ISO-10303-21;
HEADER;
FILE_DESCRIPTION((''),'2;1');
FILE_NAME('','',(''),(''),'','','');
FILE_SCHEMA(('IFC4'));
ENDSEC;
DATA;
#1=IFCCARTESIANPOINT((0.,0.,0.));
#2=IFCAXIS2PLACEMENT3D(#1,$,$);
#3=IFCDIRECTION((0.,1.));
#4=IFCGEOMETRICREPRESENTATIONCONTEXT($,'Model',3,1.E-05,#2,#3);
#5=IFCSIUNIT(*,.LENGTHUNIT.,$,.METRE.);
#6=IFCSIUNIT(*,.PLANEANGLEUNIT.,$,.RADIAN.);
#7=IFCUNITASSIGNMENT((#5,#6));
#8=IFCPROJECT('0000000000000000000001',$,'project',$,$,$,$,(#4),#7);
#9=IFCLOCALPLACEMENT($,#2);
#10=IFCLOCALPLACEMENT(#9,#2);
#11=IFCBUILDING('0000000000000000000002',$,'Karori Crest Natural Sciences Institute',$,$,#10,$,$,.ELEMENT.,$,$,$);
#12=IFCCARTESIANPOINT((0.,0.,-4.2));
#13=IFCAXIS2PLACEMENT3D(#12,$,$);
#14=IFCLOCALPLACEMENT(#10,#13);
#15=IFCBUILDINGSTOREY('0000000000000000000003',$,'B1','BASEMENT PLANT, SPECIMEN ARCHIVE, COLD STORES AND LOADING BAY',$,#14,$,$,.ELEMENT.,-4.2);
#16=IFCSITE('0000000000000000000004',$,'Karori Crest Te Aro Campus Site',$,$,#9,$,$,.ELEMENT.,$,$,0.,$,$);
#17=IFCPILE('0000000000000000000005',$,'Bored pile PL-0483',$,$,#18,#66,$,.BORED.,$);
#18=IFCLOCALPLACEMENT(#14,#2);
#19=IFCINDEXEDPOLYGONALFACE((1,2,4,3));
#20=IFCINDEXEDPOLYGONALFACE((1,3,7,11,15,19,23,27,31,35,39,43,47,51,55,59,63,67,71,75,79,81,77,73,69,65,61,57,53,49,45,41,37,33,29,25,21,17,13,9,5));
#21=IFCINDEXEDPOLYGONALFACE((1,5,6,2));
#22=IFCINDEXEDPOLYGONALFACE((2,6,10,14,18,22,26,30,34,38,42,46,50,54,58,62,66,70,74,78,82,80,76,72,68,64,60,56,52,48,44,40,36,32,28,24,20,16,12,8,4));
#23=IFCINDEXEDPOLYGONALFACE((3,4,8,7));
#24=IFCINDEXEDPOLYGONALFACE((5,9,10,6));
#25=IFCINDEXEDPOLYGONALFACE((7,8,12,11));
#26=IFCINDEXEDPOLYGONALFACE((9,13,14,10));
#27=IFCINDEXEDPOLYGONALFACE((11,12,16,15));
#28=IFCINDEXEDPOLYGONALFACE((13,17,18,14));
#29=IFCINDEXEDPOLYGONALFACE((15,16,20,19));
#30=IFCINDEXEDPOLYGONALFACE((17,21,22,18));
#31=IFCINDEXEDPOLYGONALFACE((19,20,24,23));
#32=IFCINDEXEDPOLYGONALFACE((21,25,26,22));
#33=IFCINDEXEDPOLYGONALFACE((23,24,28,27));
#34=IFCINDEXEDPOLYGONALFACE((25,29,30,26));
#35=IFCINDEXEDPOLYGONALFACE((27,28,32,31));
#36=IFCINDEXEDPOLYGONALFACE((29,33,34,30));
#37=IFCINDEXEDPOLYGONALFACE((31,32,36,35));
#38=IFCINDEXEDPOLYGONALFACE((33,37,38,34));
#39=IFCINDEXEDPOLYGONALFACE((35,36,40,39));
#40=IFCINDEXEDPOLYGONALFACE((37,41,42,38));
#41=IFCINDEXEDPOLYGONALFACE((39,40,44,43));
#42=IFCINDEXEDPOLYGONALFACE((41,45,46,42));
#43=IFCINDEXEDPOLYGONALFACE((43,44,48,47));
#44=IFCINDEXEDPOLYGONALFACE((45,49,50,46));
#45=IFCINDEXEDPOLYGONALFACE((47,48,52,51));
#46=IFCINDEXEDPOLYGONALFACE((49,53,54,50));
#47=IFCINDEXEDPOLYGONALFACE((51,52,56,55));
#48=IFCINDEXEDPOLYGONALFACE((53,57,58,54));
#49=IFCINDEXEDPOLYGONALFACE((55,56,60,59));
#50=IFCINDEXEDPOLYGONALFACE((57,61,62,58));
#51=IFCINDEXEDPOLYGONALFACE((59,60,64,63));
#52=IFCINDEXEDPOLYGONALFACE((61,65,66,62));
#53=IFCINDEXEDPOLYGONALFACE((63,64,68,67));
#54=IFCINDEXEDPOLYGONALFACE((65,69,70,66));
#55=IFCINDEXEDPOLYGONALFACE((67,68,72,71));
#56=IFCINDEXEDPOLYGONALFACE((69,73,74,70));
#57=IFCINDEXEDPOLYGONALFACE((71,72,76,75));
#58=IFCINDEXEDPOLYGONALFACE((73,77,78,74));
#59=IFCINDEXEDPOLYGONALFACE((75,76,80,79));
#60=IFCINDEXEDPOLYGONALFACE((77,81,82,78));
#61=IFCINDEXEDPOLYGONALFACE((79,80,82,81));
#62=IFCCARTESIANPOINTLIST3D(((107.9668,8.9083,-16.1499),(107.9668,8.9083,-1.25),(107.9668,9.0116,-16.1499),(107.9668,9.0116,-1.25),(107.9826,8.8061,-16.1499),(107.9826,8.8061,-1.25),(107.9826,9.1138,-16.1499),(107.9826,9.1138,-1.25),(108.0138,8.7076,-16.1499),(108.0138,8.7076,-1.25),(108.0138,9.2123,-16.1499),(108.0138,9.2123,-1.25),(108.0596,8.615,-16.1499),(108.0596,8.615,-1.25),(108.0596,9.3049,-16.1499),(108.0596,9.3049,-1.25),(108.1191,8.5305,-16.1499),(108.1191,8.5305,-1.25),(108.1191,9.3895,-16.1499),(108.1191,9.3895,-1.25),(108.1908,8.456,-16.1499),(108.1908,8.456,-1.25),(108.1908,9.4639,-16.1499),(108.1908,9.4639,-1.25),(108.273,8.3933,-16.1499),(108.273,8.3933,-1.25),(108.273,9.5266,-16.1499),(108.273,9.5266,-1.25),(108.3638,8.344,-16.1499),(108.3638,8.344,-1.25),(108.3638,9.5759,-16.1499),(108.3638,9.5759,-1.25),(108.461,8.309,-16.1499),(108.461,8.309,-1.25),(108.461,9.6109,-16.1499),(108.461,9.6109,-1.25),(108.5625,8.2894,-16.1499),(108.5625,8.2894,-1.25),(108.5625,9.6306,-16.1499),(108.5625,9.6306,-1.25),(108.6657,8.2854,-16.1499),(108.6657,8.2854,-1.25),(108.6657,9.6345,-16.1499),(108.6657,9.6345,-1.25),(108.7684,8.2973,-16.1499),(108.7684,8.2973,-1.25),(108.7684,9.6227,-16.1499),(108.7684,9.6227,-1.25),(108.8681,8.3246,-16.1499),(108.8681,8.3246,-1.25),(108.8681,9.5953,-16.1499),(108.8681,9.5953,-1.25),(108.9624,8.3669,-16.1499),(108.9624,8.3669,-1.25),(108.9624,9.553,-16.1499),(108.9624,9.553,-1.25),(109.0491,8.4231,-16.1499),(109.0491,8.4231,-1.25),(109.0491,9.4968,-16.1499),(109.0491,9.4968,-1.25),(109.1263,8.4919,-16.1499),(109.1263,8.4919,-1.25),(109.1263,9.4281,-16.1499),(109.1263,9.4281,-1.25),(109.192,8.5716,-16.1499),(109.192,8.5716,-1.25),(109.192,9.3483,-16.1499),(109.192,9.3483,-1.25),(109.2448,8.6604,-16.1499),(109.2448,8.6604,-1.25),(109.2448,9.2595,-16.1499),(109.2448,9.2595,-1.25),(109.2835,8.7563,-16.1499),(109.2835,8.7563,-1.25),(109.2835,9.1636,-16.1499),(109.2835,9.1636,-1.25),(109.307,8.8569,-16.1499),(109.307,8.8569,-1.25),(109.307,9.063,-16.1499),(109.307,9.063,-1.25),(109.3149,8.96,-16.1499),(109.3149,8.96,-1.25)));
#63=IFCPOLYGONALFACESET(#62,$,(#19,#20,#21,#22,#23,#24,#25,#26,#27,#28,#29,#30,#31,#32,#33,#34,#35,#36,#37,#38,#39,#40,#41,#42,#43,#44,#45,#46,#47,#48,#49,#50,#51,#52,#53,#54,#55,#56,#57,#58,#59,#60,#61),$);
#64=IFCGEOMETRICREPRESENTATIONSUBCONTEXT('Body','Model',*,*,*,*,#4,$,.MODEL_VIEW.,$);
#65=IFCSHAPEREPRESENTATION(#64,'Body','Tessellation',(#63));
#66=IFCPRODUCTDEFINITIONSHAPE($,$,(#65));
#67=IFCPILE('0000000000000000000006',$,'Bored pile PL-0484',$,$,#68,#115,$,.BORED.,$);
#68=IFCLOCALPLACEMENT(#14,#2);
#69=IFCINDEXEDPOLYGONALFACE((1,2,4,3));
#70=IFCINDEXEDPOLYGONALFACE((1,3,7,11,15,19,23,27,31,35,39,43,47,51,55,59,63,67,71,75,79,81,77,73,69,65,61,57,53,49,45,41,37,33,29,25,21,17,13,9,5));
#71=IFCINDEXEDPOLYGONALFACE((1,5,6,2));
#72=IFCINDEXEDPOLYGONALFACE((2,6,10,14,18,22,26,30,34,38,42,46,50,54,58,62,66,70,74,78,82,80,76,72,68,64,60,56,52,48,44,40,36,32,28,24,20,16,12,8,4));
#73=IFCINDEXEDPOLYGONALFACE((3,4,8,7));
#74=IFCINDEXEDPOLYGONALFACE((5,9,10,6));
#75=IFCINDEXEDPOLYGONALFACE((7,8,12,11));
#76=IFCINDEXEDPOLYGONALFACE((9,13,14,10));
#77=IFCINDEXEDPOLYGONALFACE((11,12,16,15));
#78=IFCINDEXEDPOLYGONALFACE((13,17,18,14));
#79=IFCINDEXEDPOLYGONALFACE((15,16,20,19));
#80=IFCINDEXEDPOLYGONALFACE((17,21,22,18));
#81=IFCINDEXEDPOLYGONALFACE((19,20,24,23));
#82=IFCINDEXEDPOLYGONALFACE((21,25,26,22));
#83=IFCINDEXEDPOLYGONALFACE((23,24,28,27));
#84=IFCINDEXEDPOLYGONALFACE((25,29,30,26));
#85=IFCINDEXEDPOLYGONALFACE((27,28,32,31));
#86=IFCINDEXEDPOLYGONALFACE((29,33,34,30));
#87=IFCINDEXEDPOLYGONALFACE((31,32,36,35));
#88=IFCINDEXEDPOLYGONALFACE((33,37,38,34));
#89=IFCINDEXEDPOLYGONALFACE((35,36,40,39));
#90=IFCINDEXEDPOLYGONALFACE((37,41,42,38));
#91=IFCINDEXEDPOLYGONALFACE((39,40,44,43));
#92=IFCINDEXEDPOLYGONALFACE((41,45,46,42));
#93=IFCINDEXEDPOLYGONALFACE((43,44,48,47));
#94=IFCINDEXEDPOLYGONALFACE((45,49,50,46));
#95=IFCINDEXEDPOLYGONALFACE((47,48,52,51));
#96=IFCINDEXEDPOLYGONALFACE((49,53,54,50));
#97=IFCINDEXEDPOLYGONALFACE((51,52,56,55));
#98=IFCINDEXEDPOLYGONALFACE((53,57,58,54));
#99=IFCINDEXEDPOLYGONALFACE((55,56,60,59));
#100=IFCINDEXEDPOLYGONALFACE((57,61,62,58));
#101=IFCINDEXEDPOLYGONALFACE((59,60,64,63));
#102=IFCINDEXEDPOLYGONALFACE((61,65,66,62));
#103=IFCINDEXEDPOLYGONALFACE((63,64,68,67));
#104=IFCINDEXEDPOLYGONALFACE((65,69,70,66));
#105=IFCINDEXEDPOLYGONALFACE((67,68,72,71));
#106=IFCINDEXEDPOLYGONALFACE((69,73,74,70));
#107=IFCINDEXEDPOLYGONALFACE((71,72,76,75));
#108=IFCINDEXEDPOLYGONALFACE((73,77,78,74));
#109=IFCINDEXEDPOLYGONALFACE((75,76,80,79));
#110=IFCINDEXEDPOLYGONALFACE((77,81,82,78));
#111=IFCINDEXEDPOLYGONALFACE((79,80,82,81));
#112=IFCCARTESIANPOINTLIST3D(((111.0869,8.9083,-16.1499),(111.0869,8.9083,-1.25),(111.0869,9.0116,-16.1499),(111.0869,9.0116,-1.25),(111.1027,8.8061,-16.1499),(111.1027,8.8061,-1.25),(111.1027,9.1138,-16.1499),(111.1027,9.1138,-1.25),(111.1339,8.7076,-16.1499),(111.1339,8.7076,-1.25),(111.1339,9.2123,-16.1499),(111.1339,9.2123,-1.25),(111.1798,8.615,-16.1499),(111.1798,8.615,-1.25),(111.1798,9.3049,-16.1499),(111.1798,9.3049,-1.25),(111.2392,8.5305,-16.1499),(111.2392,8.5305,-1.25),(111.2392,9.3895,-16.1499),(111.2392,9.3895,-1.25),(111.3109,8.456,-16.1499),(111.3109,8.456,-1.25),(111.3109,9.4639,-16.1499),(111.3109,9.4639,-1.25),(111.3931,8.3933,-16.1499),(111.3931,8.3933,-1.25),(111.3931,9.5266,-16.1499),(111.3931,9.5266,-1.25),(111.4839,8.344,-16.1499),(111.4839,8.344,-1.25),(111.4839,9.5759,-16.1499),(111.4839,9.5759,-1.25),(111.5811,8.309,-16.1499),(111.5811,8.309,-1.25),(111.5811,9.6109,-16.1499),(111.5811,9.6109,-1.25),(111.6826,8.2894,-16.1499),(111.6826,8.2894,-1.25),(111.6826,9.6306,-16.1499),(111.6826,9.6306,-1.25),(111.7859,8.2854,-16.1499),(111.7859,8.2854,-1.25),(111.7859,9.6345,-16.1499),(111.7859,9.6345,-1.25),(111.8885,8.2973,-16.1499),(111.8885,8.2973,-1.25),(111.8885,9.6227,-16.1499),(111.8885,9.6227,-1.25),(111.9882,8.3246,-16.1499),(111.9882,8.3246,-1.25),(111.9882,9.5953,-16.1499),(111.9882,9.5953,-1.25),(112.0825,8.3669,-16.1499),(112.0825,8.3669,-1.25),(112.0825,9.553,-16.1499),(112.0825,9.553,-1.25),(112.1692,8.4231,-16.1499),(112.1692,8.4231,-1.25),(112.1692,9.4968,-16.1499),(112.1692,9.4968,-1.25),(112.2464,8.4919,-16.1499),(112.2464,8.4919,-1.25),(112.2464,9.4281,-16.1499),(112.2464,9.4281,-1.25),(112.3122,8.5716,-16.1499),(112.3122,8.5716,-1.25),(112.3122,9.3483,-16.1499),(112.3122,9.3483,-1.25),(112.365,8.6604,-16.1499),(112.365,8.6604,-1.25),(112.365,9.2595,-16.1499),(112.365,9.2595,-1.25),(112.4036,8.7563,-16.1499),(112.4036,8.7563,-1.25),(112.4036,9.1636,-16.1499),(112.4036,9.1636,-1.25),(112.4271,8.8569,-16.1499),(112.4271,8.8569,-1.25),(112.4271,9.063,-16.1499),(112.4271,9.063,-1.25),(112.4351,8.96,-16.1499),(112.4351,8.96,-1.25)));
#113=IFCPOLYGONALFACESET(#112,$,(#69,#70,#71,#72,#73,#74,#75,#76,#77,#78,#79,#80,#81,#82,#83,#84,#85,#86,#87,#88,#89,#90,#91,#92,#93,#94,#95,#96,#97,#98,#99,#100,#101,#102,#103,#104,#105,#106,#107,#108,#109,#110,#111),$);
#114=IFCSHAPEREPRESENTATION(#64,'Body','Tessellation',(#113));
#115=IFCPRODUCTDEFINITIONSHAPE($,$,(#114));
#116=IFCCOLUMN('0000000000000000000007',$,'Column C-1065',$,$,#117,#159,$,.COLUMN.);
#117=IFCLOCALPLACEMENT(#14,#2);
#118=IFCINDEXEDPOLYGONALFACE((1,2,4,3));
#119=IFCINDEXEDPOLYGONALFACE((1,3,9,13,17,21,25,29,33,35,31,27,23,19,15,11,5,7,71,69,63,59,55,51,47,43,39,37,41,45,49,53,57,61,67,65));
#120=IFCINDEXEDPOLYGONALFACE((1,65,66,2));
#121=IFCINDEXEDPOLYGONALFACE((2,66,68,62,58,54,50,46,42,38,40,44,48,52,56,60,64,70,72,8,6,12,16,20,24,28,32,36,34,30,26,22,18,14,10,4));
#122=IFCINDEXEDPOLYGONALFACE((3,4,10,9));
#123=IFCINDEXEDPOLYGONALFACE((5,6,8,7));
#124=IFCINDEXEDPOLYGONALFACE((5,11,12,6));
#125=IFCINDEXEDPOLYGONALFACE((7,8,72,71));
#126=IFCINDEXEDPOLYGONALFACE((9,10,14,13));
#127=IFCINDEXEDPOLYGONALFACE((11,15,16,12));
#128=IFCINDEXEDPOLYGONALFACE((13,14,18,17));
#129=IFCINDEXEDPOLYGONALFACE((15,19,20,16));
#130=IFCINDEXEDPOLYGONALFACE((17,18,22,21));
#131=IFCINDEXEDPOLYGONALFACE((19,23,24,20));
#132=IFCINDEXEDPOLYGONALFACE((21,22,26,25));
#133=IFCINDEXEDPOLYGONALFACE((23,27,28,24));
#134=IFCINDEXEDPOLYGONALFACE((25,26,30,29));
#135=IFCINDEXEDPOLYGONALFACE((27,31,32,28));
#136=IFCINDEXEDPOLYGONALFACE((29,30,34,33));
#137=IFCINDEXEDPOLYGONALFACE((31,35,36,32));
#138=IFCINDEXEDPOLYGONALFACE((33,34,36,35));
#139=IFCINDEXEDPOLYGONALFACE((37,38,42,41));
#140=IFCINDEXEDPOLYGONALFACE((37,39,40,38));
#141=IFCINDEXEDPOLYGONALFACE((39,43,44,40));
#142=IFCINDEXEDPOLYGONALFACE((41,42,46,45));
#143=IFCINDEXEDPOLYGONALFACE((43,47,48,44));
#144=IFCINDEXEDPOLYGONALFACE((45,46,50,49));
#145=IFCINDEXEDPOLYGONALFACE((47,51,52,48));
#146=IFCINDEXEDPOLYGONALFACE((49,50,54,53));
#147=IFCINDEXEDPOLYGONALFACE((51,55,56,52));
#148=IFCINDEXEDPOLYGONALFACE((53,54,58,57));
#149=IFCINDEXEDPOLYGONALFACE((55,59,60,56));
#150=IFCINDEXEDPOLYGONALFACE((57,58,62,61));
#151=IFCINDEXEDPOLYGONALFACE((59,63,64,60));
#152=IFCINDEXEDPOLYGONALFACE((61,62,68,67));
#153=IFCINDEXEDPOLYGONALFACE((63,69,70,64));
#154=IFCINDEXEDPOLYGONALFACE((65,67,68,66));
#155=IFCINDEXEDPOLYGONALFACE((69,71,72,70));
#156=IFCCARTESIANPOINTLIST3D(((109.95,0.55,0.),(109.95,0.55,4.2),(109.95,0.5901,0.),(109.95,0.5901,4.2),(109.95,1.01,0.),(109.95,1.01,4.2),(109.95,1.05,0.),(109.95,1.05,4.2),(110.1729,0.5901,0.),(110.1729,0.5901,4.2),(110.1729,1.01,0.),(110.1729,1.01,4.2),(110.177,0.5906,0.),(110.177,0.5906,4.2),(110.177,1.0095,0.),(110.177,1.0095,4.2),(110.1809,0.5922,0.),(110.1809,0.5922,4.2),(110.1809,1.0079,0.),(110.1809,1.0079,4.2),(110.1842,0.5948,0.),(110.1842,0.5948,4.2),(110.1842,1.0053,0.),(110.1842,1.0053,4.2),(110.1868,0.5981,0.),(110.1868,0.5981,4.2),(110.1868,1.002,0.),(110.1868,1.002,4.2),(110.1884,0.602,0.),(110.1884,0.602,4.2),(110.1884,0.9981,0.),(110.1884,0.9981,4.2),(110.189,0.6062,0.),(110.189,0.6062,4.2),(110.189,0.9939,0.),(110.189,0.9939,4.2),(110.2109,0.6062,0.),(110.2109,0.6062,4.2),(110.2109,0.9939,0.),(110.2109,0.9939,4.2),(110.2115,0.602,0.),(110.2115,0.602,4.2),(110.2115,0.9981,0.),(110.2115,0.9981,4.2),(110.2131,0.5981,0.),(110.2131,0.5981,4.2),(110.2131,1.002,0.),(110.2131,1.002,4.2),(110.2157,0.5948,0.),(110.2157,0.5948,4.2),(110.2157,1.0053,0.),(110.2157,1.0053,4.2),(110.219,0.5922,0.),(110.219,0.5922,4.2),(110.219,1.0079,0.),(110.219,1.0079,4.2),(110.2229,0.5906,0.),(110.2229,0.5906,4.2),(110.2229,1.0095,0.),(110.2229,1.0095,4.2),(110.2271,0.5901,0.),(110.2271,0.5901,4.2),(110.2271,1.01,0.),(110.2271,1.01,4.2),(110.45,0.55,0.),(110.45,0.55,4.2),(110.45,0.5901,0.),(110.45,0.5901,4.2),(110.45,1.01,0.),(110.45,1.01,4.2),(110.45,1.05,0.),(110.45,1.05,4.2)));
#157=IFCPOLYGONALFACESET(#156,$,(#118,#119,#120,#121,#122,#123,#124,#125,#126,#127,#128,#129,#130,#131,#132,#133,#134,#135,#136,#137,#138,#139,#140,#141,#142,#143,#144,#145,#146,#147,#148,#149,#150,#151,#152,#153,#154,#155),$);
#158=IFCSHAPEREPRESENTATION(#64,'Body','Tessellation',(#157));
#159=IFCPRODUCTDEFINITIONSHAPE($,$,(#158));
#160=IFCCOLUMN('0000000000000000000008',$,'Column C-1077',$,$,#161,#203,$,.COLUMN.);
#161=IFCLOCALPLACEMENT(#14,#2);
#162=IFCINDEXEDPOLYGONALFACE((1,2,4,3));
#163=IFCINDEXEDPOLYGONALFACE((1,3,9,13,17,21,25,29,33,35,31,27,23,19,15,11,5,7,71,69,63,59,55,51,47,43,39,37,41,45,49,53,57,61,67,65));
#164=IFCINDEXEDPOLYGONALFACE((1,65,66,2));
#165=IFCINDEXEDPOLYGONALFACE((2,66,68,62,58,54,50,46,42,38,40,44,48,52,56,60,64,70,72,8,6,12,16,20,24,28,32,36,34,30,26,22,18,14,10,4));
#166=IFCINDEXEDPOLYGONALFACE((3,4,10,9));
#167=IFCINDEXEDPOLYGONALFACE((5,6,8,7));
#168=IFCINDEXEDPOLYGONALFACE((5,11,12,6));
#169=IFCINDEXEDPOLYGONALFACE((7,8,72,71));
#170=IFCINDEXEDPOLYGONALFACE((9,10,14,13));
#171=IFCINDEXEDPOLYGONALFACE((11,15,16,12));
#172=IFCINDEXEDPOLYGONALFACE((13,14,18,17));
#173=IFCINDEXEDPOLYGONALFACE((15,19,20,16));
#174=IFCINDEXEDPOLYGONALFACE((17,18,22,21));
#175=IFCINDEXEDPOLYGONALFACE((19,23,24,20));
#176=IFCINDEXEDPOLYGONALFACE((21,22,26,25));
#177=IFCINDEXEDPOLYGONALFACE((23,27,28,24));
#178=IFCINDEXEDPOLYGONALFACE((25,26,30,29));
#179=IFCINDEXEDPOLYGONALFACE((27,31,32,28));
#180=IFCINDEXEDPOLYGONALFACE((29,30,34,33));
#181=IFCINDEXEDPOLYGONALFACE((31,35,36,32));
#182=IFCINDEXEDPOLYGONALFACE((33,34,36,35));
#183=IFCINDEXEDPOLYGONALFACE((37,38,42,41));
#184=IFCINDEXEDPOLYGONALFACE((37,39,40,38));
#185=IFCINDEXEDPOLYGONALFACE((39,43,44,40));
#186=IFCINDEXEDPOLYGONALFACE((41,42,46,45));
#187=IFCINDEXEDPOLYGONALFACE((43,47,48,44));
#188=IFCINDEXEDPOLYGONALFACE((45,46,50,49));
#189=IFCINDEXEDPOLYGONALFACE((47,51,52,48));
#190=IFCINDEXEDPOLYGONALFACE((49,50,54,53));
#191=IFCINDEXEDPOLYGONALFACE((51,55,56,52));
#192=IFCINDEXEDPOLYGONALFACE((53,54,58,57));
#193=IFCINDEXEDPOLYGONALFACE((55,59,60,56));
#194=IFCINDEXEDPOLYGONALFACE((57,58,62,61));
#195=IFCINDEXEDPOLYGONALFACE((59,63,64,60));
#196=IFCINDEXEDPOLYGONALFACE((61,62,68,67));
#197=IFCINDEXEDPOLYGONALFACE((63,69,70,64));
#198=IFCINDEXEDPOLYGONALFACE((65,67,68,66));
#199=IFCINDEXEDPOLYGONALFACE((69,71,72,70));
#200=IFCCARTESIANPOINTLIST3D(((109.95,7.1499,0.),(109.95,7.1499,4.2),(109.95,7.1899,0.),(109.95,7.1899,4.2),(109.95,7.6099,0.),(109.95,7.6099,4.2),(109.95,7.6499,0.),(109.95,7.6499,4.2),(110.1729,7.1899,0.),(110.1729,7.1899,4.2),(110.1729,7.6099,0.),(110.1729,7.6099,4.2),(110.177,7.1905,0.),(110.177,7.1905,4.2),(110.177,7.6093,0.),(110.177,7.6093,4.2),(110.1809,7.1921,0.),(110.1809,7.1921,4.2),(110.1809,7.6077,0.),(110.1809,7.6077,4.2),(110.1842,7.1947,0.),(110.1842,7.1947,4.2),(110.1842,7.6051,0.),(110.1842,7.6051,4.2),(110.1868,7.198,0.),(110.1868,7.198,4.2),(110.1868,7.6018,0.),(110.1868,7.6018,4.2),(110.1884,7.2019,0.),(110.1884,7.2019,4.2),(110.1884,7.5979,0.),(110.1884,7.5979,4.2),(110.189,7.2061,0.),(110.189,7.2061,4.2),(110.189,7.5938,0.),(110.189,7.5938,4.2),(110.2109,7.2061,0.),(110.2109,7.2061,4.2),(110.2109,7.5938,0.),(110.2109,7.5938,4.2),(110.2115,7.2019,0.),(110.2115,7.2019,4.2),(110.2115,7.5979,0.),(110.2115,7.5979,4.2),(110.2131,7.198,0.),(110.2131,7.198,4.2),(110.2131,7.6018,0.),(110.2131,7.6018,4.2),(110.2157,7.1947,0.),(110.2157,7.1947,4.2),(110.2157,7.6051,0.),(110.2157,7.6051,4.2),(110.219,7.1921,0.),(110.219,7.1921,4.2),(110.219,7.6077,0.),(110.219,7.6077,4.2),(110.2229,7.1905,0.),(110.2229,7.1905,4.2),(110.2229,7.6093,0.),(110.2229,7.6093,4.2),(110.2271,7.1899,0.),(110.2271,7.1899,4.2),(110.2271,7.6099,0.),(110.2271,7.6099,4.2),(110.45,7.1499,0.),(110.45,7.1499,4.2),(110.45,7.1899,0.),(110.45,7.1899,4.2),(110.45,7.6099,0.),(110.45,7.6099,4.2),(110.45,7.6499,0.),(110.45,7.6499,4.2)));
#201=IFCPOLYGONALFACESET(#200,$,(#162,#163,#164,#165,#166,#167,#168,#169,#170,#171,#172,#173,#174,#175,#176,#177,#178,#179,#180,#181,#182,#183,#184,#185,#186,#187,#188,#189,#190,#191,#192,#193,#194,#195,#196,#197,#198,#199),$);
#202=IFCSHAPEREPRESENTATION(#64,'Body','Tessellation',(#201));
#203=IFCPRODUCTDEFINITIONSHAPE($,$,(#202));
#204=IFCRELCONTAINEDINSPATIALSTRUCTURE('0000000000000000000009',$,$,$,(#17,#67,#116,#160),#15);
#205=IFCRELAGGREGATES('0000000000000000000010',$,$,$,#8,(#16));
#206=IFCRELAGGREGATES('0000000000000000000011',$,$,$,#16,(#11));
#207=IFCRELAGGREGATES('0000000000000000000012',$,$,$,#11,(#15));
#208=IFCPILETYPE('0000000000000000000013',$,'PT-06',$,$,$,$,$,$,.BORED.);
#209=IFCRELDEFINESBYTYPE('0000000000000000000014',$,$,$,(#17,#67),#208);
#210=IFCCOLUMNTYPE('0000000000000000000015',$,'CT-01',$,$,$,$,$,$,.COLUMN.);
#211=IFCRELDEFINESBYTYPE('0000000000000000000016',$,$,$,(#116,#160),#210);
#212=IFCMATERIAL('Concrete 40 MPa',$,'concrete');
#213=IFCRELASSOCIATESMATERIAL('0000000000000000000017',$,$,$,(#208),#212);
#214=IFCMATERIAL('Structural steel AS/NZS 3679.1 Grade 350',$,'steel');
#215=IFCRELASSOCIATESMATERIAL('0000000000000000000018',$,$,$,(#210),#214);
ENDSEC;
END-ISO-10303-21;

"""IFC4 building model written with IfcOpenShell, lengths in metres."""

from ifc_helpers import new_model, si_unit, direction, frame, origin, origin_2d, place, context, subcontext, project, spatial, circle, i_section, extrude, material, material_profile, profile_set, type_object, element, save


model = new_model("IFC4")

# Units and contexts
model_context = context("Model", 3, precision=1e-05, world=origin(), true_north=direction((0.0, 1.0)))
body_context = subcontext(model_context, "Body", "Model", "MODEL_VIEW")
ifc_project = project(units=[si_unit("LENGTHUNIT", "METRE"), si_unit("PLANEANGLEUNIT", "RADIAN")], contexts=[model_context])

# Site, building, storey
site_placement = place(None, origin())
site = spatial("IfcSite", under=ifc_project, at=site_placement, Name="Karori Crest Te Aro Campus Site", CompositionType="ELEMENT", RefElevation=0.0)
building_placement = place(site_placement, origin())
building = spatial("IfcBuilding", under=site, at=building_placement, Name="Karori Crest Natural Sciences Institute", CompositionType="ELEMENT")
storey_placement = place(building_placement, frame((0.0, 0.0, -4.2)))
storey = spatial("IfcBuildingStorey", under=building, at=storey_placement, Name="B1", Description="BASEMENT PLANT, SPECIMEN ARCHIVE, COLD STORES AND LOADING BAY", CompositionType="ELEMENT", Elevation=-4.2)

# Shared definitions
ifc_material_1 = material(Name="Concrete 40 MPa", Category="concrete")

# Piles
ifc_material_profile_1 = material_profile(ifc_material_1, circle(Radius=0.675, at=origin_2d()), Name="PILE1350")
ifc_profile_set_1 = profile_set([ifc_material_profile_1], Name="Concrete 40 MPa")
pile_type = type_object("IfcPileType", Name="PT-06", PredefinedType="BORED", material=ifc_profile_set_1)
for number, where, z_axis, x_axis, name in (
    (1, (108.6399, 8.96, -1.25), (0.0, 0.0, -1.0), (1.0, 0.0, 0.0), "Bored pile PL-0483"),
    (2, (111.76, 8.96, -1.25), (0.0, 0.0, -1.0), (1.0, 0.0, 0.0), "Bored pile PL-0484"),
):
    element("IfcPile", number, at=place(storey_placement, frame(where, z_axis=z_axis, x_axis=x_axis)), inside=storey, type_object=pile_type, Name=name, PredefinedType="BORED", context=body_context, shape_type="SweptSolid", body=[
        extrude(circle(Radius=0.675, at=origin_2d()), origin(), (0.0, 0.0, 1.0), 14.8999),
    ])

# Columns
ifc_material_2 = material(Name="Structural steel AS/NZS 3679.1 Grade 350", Category="steel")
ifc_material_profile_2 = material_profile(ifc_material_2, i_section(OverallWidth=0.5, OverallDepth=0.5, WebThickness=0.022, FlangeThickness=0.04, FilletRadius=0.0161, at=origin_2d()), Name="500WC440")
ifc_profile_set_2 = profile_set([ifc_material_profile_2], Name="Structural steel AS/NZS 3679.1 Grade 350")
column_type = type_object("IfcColumnType", Name="CT-01", PredefinedType="COLUMN", material=ifc_profile_set_2)
for number, where, z_axis, x_axis, name in (
    (3, (110.2, 0.8, 0.0), (0.0, 0.0, 1.0), (1.0, 0.0, 0.0), "Column C-1065"),
    (4, (110.2, 7.3999, 0.0), (0.0, 0.0, 1.0), (1.0, 0.0, 0.0), "Column C-1077"),
):
    element("IfcColumn", number, at=place(storey_placement, frame(where, z_axis=z_axis, x_axis=x_axis)), inside=storey, type_object=column_type, Name=name, PredefinedType="COLUMN", context=body_context, shape_type="SweptSolid", body=[
        extrude(i_section(OverallWidth=0.5, OverallDepth=0.5, WebThickness=0.022, FlangeThickness=0.04, FilletRadius=0.0161, at=origin_2d()), origin(), (0.0, 0.0, 1.0), 4.2),
    ])

save(model, "model.ifc")
